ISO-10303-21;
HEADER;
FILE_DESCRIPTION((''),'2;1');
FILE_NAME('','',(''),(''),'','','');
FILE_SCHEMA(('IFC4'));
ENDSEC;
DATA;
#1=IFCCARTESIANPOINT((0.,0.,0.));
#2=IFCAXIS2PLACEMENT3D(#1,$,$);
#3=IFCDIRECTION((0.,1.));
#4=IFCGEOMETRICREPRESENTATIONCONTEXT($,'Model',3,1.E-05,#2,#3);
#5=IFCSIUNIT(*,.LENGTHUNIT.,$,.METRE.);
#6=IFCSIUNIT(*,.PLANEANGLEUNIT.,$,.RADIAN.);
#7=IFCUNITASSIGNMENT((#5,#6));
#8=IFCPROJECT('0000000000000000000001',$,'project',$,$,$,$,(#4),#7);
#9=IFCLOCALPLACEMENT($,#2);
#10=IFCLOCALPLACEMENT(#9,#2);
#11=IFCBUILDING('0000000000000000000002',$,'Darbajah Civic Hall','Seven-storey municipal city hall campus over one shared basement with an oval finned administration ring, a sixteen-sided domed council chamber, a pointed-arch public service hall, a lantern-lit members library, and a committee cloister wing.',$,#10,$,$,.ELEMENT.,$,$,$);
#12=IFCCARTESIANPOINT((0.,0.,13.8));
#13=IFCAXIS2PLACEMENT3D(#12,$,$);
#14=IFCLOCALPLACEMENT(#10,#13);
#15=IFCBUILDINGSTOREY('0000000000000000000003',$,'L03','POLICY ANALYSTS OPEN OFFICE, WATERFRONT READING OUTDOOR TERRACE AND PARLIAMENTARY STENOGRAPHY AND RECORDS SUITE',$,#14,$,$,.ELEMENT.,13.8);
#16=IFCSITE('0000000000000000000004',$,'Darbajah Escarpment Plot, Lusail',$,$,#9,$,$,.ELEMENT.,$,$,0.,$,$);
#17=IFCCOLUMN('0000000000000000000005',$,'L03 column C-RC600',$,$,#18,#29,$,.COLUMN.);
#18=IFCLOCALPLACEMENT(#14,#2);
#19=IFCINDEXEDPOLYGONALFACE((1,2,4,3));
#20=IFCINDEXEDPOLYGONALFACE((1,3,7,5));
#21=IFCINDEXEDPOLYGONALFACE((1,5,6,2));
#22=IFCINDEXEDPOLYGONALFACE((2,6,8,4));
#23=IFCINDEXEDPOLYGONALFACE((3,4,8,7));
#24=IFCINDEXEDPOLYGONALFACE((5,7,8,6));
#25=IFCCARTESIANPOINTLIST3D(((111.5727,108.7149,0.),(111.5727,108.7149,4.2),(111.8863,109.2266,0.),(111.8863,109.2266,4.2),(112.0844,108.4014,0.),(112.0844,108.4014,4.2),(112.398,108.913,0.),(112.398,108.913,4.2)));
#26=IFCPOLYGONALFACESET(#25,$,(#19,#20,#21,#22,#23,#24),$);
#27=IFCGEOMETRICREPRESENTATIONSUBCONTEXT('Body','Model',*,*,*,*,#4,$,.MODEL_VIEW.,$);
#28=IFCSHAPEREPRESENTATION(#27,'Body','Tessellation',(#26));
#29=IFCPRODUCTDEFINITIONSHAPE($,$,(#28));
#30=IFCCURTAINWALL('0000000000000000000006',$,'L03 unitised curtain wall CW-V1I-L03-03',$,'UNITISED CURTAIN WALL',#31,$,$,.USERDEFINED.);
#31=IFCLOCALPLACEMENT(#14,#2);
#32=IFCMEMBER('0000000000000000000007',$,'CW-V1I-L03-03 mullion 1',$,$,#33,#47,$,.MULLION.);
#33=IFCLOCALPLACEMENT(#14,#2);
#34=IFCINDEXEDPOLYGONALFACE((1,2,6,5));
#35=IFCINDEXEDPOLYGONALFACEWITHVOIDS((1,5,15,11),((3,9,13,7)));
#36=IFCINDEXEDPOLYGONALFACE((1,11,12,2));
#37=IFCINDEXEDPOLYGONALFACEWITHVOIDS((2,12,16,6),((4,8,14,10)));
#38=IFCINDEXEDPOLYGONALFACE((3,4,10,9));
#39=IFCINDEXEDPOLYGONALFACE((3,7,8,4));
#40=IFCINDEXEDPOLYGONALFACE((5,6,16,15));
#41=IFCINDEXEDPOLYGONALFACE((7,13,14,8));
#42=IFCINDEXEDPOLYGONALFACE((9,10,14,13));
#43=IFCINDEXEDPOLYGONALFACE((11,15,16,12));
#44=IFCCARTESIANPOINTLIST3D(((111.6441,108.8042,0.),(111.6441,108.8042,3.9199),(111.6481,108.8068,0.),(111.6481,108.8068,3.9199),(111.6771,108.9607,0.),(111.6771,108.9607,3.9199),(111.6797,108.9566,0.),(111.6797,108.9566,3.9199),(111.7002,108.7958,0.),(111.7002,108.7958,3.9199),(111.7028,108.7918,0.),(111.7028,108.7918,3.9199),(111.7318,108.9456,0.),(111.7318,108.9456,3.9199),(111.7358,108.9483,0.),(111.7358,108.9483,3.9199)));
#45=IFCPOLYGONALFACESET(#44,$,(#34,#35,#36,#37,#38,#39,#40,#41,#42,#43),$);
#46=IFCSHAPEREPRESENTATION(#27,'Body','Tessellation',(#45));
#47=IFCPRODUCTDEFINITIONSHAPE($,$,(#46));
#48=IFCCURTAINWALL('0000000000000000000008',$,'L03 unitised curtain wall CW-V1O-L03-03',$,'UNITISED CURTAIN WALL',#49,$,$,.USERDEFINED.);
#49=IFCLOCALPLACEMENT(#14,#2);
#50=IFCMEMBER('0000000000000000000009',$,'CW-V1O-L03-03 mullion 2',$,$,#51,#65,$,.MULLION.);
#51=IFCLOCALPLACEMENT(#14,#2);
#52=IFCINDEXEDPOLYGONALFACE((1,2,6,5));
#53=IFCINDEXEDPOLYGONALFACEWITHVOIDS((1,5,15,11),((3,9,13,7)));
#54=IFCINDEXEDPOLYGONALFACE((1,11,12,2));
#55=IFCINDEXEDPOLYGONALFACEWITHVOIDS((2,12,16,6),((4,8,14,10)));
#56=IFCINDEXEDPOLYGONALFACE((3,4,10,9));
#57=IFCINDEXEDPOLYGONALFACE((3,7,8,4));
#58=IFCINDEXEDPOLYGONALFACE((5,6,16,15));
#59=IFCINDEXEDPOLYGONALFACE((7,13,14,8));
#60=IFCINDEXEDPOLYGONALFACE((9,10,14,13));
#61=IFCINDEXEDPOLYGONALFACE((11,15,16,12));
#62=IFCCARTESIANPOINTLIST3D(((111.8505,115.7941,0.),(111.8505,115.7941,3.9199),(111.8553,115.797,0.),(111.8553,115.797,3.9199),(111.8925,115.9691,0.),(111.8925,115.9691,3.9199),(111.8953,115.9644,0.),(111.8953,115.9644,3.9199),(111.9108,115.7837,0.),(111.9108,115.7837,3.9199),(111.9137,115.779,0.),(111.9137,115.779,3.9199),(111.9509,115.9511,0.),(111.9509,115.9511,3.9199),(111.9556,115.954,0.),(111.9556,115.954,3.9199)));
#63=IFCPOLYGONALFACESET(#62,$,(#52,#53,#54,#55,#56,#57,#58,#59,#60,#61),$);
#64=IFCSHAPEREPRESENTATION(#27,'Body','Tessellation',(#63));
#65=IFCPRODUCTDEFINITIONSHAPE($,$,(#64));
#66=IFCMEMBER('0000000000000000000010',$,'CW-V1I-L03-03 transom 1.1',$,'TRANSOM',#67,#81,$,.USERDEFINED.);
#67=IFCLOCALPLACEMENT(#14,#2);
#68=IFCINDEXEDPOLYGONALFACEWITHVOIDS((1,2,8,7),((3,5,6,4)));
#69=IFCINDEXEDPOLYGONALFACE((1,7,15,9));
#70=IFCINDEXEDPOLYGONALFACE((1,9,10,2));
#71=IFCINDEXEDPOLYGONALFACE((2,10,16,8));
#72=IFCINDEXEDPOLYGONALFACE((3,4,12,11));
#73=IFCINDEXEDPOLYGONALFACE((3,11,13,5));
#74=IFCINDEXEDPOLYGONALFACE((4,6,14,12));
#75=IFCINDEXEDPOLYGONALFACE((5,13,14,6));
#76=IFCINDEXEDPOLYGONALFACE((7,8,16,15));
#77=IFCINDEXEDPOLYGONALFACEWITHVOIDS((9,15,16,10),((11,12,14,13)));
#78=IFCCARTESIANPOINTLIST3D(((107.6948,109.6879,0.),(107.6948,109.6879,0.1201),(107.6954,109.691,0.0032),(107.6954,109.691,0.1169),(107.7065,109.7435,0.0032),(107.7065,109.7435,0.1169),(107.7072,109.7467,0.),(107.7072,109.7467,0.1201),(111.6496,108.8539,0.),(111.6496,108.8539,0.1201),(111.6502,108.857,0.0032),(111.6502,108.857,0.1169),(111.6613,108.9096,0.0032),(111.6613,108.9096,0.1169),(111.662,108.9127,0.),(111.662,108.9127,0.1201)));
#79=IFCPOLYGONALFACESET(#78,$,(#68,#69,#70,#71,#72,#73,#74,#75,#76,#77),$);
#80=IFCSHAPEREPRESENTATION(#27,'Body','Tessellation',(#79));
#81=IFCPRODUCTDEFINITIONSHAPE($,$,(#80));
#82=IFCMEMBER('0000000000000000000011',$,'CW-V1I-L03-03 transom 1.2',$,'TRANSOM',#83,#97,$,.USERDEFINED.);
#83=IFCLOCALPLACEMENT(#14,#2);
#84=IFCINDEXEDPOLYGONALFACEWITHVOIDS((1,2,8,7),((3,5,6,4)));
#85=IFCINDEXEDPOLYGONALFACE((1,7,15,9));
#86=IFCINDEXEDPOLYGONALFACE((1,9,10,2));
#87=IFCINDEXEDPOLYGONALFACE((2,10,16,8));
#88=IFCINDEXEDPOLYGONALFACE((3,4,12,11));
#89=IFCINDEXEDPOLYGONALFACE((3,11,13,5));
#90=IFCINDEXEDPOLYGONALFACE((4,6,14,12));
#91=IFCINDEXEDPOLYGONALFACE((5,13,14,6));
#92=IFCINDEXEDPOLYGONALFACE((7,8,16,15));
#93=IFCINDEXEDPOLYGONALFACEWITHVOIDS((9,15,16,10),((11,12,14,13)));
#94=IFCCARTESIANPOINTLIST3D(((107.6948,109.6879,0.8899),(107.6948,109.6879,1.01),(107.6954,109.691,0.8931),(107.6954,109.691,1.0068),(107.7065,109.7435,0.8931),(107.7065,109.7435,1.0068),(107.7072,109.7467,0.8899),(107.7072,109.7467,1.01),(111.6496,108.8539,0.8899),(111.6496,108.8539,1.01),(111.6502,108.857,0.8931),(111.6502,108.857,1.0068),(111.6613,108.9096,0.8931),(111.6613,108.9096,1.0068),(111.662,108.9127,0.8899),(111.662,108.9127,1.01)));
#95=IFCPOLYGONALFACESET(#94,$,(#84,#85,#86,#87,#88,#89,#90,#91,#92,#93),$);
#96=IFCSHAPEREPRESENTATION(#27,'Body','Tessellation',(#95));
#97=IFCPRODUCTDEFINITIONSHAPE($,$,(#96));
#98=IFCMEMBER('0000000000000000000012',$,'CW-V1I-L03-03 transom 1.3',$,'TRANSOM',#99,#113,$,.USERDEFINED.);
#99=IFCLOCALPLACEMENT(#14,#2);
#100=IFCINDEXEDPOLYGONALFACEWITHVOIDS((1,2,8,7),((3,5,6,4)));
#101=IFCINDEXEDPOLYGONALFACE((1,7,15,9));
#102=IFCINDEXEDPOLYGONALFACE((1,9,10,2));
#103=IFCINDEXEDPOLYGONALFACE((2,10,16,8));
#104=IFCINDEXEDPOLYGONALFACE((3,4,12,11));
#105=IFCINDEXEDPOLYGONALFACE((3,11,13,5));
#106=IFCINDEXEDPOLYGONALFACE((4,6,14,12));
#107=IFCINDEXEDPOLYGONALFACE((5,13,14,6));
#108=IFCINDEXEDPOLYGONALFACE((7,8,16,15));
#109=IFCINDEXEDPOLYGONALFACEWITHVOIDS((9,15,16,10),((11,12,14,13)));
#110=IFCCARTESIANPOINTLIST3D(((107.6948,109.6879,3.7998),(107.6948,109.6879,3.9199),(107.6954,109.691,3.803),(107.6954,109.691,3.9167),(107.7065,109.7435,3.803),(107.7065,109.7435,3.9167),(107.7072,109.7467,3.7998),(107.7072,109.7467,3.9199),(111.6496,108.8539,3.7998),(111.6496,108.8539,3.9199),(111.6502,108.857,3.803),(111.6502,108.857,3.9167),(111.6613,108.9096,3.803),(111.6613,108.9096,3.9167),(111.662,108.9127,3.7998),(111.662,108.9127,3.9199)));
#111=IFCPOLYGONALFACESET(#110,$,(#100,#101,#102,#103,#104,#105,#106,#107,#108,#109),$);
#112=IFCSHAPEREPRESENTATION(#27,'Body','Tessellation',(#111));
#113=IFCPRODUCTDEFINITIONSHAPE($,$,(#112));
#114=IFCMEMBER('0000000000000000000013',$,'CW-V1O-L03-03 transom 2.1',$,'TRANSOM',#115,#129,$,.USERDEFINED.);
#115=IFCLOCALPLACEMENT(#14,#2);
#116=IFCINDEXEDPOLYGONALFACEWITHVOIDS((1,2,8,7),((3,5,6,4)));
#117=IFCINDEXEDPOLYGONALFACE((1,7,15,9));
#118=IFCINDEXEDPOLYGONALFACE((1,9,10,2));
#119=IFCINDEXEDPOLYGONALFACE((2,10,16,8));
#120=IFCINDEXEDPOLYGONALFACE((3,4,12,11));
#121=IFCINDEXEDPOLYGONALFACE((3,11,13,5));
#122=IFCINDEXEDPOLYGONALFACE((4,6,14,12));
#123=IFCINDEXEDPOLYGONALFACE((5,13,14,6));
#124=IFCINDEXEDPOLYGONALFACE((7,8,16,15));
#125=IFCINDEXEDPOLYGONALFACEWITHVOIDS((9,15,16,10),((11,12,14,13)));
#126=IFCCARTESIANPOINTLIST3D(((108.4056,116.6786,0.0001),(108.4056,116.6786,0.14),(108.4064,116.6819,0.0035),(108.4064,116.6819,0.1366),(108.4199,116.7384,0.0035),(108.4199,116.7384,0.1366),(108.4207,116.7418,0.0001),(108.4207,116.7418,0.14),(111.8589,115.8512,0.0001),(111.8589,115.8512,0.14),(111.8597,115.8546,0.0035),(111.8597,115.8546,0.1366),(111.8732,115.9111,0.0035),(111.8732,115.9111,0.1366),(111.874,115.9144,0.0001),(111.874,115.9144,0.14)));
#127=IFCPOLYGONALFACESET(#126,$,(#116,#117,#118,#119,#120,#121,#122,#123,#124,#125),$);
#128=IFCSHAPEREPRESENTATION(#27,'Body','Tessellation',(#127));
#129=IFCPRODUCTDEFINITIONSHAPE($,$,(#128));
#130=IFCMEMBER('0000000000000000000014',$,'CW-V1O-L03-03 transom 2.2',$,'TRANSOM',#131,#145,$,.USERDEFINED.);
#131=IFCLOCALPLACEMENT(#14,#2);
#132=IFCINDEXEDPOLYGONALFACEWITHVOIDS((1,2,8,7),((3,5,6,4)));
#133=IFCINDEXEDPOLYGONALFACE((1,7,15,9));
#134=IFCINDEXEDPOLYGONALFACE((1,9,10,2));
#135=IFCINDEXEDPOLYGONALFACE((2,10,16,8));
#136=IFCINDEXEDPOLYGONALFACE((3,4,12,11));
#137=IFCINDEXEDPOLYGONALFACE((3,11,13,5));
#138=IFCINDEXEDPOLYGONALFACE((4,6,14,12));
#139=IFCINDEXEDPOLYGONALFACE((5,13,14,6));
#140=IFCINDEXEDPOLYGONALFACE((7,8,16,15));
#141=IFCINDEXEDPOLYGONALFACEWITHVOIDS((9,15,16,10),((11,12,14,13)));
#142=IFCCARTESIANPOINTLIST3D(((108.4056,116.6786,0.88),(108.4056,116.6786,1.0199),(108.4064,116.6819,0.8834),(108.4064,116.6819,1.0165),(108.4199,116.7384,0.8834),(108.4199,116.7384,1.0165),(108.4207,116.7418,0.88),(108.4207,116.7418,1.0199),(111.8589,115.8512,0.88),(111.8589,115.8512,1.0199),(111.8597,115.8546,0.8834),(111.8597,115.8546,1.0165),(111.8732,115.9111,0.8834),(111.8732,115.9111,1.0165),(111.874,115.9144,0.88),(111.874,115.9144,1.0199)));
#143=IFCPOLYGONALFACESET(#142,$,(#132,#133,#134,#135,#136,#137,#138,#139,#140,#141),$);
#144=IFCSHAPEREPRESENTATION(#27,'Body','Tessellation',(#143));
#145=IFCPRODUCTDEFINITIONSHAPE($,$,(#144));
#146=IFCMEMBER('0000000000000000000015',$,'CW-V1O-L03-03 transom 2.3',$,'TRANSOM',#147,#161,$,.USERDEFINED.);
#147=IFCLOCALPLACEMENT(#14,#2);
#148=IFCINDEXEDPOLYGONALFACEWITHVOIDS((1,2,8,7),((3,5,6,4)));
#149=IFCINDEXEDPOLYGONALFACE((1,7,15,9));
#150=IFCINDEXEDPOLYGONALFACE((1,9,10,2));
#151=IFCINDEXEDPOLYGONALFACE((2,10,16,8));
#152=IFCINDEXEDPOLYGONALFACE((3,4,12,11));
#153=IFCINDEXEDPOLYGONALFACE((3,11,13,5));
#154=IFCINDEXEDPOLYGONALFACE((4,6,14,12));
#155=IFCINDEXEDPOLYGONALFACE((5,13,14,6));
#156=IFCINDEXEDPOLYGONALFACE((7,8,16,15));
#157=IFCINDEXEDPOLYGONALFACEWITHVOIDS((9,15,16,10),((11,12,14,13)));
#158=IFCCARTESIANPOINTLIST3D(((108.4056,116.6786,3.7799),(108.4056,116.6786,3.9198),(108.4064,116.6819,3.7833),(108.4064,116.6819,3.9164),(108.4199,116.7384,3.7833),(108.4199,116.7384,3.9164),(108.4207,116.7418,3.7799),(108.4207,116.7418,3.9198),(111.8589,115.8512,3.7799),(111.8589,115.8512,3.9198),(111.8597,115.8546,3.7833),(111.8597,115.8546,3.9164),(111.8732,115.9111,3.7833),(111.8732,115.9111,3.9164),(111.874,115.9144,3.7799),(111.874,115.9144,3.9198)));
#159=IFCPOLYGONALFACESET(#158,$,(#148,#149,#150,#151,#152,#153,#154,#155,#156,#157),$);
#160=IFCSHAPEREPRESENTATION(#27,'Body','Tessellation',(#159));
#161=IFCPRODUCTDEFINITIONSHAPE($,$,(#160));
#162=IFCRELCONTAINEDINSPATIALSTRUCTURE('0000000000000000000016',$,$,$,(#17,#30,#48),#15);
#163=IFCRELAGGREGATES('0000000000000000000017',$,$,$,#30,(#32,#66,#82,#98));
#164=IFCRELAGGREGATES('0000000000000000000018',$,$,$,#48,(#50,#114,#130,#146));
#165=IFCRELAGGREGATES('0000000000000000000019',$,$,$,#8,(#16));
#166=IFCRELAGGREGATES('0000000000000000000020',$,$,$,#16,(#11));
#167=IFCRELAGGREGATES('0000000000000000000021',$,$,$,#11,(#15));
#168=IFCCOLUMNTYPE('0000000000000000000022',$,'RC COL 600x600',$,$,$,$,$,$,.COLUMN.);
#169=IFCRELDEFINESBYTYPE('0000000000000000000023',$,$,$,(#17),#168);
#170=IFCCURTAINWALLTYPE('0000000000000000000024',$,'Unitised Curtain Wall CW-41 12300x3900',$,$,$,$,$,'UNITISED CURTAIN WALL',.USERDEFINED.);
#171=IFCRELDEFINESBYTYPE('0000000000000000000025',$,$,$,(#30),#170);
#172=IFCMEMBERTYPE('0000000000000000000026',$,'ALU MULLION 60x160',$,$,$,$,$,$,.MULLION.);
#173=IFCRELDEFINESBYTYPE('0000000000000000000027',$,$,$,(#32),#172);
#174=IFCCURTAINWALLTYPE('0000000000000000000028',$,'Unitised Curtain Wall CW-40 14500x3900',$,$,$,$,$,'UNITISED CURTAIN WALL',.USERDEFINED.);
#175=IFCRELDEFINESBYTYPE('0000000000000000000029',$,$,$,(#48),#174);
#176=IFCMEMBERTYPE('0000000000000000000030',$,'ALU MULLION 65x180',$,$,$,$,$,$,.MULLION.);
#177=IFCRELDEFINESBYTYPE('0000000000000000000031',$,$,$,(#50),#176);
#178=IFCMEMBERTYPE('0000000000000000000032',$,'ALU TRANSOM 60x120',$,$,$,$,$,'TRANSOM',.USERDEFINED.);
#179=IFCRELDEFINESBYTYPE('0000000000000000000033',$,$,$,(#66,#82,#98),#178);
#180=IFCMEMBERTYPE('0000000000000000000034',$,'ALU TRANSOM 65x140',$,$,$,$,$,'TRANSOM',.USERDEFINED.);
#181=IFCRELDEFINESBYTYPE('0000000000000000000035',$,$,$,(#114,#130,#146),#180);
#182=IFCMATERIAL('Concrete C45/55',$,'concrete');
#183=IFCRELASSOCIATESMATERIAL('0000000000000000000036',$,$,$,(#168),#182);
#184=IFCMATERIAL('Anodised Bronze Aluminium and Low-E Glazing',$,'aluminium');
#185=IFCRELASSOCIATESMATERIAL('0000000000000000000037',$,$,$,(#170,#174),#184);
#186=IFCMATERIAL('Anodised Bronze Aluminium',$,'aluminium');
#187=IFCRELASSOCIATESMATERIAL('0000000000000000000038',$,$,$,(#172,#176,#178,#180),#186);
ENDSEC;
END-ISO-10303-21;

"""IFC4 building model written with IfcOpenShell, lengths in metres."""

from ifc_helpers import new_model, si_unit, direction, frame, origin, origin_2d, place, context, subcontext, project, spatial, rectangle, hollow_rectangle, extrude, material, material_profile, profile_set, type_object, element, aggregate, save


model = new_model("IFC4")

# Units and contexts
model_context = context("Model", 3, precision=1e-05, world=origin(), true_north=direction((0.0, 1.0)))
body_context = subcontext(model_context, "Body", "Model", "MODEL_VIEW")
ifc_project = project(units=[si_unit("LENGTHUNIT", "METRE"), si_unit("PLANEANGLEUNIT", "RADIAN")], contexts=[model_context])

# Site, building, storey
site_placement = place(None, origin())
site = spatial("IfcSite", under=ifc_project, at=site_placement, Name="Darbajah Escarpment Plot, Lusail", CompositionType="ELEMENT", RefElevation=0.0)
building_placement = place(site_placement, origin())
building = spatial("IfcBuilding", under=site, at=building_placement, Name="Darbajah Civic Hall", Description="Seven-storey municipal city hall campus over one shared basement with an oval finned administration ring, a sixteen-sided domed council chamber, a pointed-arch public service hall, a lantern-lit members library, and a committee cloister wing.", CompositionType="ELEMENT")
storey_placement = place(building_placement, frame((0.0, 0.0, 13.8)))
storey = spatial("IfcBuildingStorey", under=building, at=storey_placement, Name="L03", Description="POLICY ANALYSTS OPEN OFFICE, WATERFRONT READING OUTDOOR TERRACE AND PARLIAMENTARY STENOGRAPHY AND RECORDS SUITE", CompositionType="ELEMENT", Elevation=13.8)

# Column
ifc_material_1 = material(Name="Concrete C45/55", Category="concrete")
ifc_material_profile_1 = material_profile(ifc_material_1, rectangle(XDim=0.6001, YDim=0.6001, at=origin_2d()), Name="RC COL 600x600")
ifc_profile_set_1 = profile_set([ifc_material_profile_1], Name="Concrete C45/55")
column_type = type_object("IfcColumnType", Name="RC COL 600x600", PredefinedType="COLUMN", material=ifc_profile_set_1)
column_placement = place(storey_placement, frame((111.9854, 108.814, 0.0), z_axis=(0.0, 0.0, 1.0), x_axis=(0.522499, 0.85264, 0.0)))
element("IfcColumn", 1, at=column_placement, inside=storey, type_object=column_type, Name="L03 column C-RC600", PredefinedType="COLUMN", context=body_context, shape_type="SweptSolid", body=[
    extrude(rectangle(XDim=0.6001, YDim=0.6001, at=origin_2d()), origin(), (0.0, 0.0, 1.0), 4.2),
])

# Curtain walls, members
ifc_material_2 = material(Name="Anodised Bronze Aluminium and Low-E Glazing", Category="aluminium")
curtain_wall_type_1 = type_object("IfcCurtainWallType", Name="Unitised Curtain Wall CW-41 12300x3900", ElementType="UNITISED CURTAIN WALL", PredefinedType="USERDEFINED", material=ifc_material_2)
curtain_wall_1_placement = place(storey_placement, origin())
curtain_wall_1 = element("IfcCurtainWall", 2, at=curtain_wall_1_placement, inside=storey, type_object=curtain_wall_type_1, Name="L03 unitised curtain wall CW-V1I-L03-03", ObjectType="UNITISED CURTAIN WALL", PredefinedType="USERDEFINED")
ifc_material_3 = material(Name="Anodised Bronze Aluminium", Category="aluminium")
ifc_material_profile_2 = material_profile(ifc_material_3, hollow_rectangle(XDim=0.0601, YDim=0.1599, WallThickness=0.0034, at=origin_2d()), Name="ALU MULLION 60x160")
ifc_profile_set_2 = profile_set([ifc_material_profile_2], Name="Anodised Bronze Aluminium")
member_type_1 = type_object("IfcMemberType", Name="ALU MULLION 60x160", PredefinedType="MULLION", material=ifc_profile_set_2)
member_1_placement = place(storey_placement, frame((111.6899, 108.8762, 0.0), z_axis=(0.0, 0.0, 1.0), x_axis=(-0.978473, 0.206375, 0.0)))
member_1 = element("IfcMember", 3, at=member_1_placement, type_object=member_type_1, Name="CW-V1I-L03-03 mullion 1", PredefinedType="MULLION", context=body_context, shape_type="SweptSolid", body=[
    extrude(hollow_rectangle(XDim=0.0601, YDim=0.1599, WallThickness=0.0034, at=origin_2d()), origin(), (0.0, 0.0, 1.0), 3.9199),
])
curtain_wall_type_2 = type_object("IfcCurtainWallType", Name="Unitised Curtain Wall CW-40 14500x3900", ElementType="UNITISED CURTAIN WALL", PredefinedType="USERDEFINED", material=ifc_material_2)
curtain_wall_2_placement = place(storey_placement, origin())
curtain_wall_2 = element("IfcCurtainWall", 4, at=curtain_wall_2_placement, inside=storey, type_object=curtain_wall_type_2, Name="L03 unitised curtain wall CW-V1O-L03-03", ObjectType="UNITISED CURTAIN WALL", PredefinedType="USERDEFINED")
ifc_material_profile_3 = material_profile(ifc_material_3, hollow_rectangle(XDim=0.0649, YDim=0.1799, WallThickness=0.0039, at=origin_2d()), Name="ALU MULLION 65x180")
ifc_profile_set_3 = profile_set([ifc_material_profile_3], Name="Anodised Bronze Aluminium")
member_type_2 = type_object("IfcMemberType", Name="ALU MULLION 65x180", PredefinedType="MULLION", material=ifc_profile_set_3)
member_2_placement = place(storey_placement, frame((111.9031, 115.874, 0.0), z_axis=(0.0, 0.0, 1.0), x_axis=(-0.972492, 0.232936, 0.0)))
member_2 = element("IfcMember", 5, at=member_2_placement, type_object=member_type_2, Name="CW-V1O-L03-03 mullion 2", PredefinedType="MULLION", context=body_context, shape_type="SweptSolid", body=[
    extrude(hollow_rectangle(XDim=0.0649, YDim=0.1799, WallThickness=0.0039, at=origin_2d()), origin(), (0.0, 0.0, 1.0), 3.9199),
])

# Members
ifc_material_profile_4 = material_profile(ifc_material_3, hollow_rectangle(XDim=0.0601, YDim=0.1201, WallThickness=0.0032, at=origin_2d()), Name="ALU TRANSOM 60x120")
ifc_profile_set_4 = profile_set([ifc_material_profile_4], Name="Anodised Bronze Aluminium")
member_type_3 = type_object("IfcMemberType", Name="ALU TRANSOM 60x120", ElementType="TRANSOM", PredefinedType="USERDEFINED", material=ifc_profile_set_4)
member_3_placement = place(storey_placement, frame((111.6558, 108.8833, 0.0601), z_axis=(-0.978481, 0.206339, 0.0), x_axis=(-0.206339, -0.978481, 0.0)))
member_3 = element("IfcMember", 6, at=member_3_placement, type_object=member_type_3, Name="CW-V1I-L03-03 transom 1.1", ObjectType="TRANSOM", PredefinedType="USERDEFINED", context=body_context, shape_type="SweptSolid", body=[
    extrude(hollow_rectangle(XDim=0.0601, YDim=0.1201, WallThickness=0.0032, at=origin_2d()), origin(), (0.0, 0.0, 1.0), 4.0417),
])
member_4_placement = place(storey_placement, frame((111.6558, 108.8833, 0.95), z_axis=(-0.978481, 0.206339, 0.0), x_axis=(-0.206339, -0.978481, 0.0)))
member_4 = element("IfcMember", 7, at=member_4_placement, type_object=member_type_3, Name="CW-V1I-L03-03 transom 1.2", ObjectType="TRANSOM", PredefinedType="USERDEFINED", context=body_context, shape_type="SweptSolid", body=[
    extrude(hollow_rectangle(XDim=0.0601, YDim=0.1201, WallThickness=0.0032, at=origin_2d()), origin(), (0.0, 0.0, 1.0), 4.0417),
])
member_5_placement = place(storey_placement, frame((111.6558, 108.8833, 3.8599), z_axis=(-0.978481, 0.206339, 0.0), x_axis=(-0.206339, -0.978481, 0.0)))
member_5 = element("IfcMember", 8, at=member_5_placement, type_object=member_type_3, Name="CW-V1I-L03-03 transom 1.3", ObjectType="TRANSOM", PredefinedType="USERDEFINED", context=body_context, shape_type="SweptSolid", body=[
    extrude(hollow_rectangle(XDim=0.0601, YDim=0.1201, WallThickness=0.0032, at=origin_2d()), origin(), (0.0, 0.0, 1.0), 4.0417),
])
ifc_material_profile_5 = material_profile(ifc_material_3, hollow_rectangle(XDim=0.0649, YDim=0.1399, WallThickness=0.0034, at=origin_2d()), Name="ALU TRANSOM 65x140")
ifc_profile_set_5 = profile_set([ifc_material_profile_5], Name="Anodised Bronze Aluminium")
member_type_4 = type_object("IfcMemberType", Name="ALU TRANSOM 65x140", ElementType="TRANSOM", PredefinedType="USERDEFINED", material=ifc_profile_set_5)
member_6_placement = place(storey_placement, frame((111.8665, 115.8828, 0.0701), z_axis=(-0.972478, 0.232996, 0.0), x_axis=(-0.232996, -0.972478, 0.0)))
member_6 = element("IfcMember", 9, at=member_6_placement, type_object=member_type_4, Name="CW-V1O-L03-03 transom 2.1", ObjectType="TRANSOM", PredefinedType="USERDEFINED", context=body_context, shape_type="SweptSolid", body=[
    extrude(hollow_rectangle(XDim=0.0649, YDim=0.1399, WallThickness=0.0034, at=origin_2d()), origin(), (0.0, 0.0, 1.0), 3.551),
])
member_7_placement = place(storey_placement, frame((111.8665, 115.8828, 0.95), z_axis=(-0.972478, 0.232996, 0.0), x_axis=(-0.232996, -0.972478, 0.0)))
member_7 = element("IfcMember", 10, at=member_7_placement, type_object=member_type_4, Name="CW-V1O-L03-03 transom 2.2", ObjectType="TRANSOM", PredefinedType="USERDEFINED", context=body_context, shape_type="SweptSolid", body=[
    extrude(hollow_rectangle(XDim=0.0649, YDim=0.1399, WallThickness=0.0034, at=origin_2d()), origin(), (0.0, 0.0, 1.0), 3.551),
])
member_8_placement = place(storey_placement, frame((111.8665, 115.8828, 3.8499), z_axis=(-0.972478, 0.232996, 0.0), x_axis=(-0.232996, -0.972478, 0.0)))
member_8 = element("IfcMember", 11, at=member_8_placement, type_object=member_type_4, Name="CW-V1O-L03-03 transom 2.3", ObjectType="TRANSOM", PredefinedType="USERDEFINED", context=body_context, shape_type="SweptSolid", body=[
    extrude(hollow_rectangle(XDim=0.0649, YDim=0.1399, WallThickness=0.0034, at=origin_2d()), origin(), (0.0, 0.0, 1.0), 3.551),
])

aggregate(curtain_wall_1, [member_1, member_3, member_4, member_5])
aggregate(curtain_wall_2, [member_2, member_6, member_7, member_8])

save(model, "model.ifc")
